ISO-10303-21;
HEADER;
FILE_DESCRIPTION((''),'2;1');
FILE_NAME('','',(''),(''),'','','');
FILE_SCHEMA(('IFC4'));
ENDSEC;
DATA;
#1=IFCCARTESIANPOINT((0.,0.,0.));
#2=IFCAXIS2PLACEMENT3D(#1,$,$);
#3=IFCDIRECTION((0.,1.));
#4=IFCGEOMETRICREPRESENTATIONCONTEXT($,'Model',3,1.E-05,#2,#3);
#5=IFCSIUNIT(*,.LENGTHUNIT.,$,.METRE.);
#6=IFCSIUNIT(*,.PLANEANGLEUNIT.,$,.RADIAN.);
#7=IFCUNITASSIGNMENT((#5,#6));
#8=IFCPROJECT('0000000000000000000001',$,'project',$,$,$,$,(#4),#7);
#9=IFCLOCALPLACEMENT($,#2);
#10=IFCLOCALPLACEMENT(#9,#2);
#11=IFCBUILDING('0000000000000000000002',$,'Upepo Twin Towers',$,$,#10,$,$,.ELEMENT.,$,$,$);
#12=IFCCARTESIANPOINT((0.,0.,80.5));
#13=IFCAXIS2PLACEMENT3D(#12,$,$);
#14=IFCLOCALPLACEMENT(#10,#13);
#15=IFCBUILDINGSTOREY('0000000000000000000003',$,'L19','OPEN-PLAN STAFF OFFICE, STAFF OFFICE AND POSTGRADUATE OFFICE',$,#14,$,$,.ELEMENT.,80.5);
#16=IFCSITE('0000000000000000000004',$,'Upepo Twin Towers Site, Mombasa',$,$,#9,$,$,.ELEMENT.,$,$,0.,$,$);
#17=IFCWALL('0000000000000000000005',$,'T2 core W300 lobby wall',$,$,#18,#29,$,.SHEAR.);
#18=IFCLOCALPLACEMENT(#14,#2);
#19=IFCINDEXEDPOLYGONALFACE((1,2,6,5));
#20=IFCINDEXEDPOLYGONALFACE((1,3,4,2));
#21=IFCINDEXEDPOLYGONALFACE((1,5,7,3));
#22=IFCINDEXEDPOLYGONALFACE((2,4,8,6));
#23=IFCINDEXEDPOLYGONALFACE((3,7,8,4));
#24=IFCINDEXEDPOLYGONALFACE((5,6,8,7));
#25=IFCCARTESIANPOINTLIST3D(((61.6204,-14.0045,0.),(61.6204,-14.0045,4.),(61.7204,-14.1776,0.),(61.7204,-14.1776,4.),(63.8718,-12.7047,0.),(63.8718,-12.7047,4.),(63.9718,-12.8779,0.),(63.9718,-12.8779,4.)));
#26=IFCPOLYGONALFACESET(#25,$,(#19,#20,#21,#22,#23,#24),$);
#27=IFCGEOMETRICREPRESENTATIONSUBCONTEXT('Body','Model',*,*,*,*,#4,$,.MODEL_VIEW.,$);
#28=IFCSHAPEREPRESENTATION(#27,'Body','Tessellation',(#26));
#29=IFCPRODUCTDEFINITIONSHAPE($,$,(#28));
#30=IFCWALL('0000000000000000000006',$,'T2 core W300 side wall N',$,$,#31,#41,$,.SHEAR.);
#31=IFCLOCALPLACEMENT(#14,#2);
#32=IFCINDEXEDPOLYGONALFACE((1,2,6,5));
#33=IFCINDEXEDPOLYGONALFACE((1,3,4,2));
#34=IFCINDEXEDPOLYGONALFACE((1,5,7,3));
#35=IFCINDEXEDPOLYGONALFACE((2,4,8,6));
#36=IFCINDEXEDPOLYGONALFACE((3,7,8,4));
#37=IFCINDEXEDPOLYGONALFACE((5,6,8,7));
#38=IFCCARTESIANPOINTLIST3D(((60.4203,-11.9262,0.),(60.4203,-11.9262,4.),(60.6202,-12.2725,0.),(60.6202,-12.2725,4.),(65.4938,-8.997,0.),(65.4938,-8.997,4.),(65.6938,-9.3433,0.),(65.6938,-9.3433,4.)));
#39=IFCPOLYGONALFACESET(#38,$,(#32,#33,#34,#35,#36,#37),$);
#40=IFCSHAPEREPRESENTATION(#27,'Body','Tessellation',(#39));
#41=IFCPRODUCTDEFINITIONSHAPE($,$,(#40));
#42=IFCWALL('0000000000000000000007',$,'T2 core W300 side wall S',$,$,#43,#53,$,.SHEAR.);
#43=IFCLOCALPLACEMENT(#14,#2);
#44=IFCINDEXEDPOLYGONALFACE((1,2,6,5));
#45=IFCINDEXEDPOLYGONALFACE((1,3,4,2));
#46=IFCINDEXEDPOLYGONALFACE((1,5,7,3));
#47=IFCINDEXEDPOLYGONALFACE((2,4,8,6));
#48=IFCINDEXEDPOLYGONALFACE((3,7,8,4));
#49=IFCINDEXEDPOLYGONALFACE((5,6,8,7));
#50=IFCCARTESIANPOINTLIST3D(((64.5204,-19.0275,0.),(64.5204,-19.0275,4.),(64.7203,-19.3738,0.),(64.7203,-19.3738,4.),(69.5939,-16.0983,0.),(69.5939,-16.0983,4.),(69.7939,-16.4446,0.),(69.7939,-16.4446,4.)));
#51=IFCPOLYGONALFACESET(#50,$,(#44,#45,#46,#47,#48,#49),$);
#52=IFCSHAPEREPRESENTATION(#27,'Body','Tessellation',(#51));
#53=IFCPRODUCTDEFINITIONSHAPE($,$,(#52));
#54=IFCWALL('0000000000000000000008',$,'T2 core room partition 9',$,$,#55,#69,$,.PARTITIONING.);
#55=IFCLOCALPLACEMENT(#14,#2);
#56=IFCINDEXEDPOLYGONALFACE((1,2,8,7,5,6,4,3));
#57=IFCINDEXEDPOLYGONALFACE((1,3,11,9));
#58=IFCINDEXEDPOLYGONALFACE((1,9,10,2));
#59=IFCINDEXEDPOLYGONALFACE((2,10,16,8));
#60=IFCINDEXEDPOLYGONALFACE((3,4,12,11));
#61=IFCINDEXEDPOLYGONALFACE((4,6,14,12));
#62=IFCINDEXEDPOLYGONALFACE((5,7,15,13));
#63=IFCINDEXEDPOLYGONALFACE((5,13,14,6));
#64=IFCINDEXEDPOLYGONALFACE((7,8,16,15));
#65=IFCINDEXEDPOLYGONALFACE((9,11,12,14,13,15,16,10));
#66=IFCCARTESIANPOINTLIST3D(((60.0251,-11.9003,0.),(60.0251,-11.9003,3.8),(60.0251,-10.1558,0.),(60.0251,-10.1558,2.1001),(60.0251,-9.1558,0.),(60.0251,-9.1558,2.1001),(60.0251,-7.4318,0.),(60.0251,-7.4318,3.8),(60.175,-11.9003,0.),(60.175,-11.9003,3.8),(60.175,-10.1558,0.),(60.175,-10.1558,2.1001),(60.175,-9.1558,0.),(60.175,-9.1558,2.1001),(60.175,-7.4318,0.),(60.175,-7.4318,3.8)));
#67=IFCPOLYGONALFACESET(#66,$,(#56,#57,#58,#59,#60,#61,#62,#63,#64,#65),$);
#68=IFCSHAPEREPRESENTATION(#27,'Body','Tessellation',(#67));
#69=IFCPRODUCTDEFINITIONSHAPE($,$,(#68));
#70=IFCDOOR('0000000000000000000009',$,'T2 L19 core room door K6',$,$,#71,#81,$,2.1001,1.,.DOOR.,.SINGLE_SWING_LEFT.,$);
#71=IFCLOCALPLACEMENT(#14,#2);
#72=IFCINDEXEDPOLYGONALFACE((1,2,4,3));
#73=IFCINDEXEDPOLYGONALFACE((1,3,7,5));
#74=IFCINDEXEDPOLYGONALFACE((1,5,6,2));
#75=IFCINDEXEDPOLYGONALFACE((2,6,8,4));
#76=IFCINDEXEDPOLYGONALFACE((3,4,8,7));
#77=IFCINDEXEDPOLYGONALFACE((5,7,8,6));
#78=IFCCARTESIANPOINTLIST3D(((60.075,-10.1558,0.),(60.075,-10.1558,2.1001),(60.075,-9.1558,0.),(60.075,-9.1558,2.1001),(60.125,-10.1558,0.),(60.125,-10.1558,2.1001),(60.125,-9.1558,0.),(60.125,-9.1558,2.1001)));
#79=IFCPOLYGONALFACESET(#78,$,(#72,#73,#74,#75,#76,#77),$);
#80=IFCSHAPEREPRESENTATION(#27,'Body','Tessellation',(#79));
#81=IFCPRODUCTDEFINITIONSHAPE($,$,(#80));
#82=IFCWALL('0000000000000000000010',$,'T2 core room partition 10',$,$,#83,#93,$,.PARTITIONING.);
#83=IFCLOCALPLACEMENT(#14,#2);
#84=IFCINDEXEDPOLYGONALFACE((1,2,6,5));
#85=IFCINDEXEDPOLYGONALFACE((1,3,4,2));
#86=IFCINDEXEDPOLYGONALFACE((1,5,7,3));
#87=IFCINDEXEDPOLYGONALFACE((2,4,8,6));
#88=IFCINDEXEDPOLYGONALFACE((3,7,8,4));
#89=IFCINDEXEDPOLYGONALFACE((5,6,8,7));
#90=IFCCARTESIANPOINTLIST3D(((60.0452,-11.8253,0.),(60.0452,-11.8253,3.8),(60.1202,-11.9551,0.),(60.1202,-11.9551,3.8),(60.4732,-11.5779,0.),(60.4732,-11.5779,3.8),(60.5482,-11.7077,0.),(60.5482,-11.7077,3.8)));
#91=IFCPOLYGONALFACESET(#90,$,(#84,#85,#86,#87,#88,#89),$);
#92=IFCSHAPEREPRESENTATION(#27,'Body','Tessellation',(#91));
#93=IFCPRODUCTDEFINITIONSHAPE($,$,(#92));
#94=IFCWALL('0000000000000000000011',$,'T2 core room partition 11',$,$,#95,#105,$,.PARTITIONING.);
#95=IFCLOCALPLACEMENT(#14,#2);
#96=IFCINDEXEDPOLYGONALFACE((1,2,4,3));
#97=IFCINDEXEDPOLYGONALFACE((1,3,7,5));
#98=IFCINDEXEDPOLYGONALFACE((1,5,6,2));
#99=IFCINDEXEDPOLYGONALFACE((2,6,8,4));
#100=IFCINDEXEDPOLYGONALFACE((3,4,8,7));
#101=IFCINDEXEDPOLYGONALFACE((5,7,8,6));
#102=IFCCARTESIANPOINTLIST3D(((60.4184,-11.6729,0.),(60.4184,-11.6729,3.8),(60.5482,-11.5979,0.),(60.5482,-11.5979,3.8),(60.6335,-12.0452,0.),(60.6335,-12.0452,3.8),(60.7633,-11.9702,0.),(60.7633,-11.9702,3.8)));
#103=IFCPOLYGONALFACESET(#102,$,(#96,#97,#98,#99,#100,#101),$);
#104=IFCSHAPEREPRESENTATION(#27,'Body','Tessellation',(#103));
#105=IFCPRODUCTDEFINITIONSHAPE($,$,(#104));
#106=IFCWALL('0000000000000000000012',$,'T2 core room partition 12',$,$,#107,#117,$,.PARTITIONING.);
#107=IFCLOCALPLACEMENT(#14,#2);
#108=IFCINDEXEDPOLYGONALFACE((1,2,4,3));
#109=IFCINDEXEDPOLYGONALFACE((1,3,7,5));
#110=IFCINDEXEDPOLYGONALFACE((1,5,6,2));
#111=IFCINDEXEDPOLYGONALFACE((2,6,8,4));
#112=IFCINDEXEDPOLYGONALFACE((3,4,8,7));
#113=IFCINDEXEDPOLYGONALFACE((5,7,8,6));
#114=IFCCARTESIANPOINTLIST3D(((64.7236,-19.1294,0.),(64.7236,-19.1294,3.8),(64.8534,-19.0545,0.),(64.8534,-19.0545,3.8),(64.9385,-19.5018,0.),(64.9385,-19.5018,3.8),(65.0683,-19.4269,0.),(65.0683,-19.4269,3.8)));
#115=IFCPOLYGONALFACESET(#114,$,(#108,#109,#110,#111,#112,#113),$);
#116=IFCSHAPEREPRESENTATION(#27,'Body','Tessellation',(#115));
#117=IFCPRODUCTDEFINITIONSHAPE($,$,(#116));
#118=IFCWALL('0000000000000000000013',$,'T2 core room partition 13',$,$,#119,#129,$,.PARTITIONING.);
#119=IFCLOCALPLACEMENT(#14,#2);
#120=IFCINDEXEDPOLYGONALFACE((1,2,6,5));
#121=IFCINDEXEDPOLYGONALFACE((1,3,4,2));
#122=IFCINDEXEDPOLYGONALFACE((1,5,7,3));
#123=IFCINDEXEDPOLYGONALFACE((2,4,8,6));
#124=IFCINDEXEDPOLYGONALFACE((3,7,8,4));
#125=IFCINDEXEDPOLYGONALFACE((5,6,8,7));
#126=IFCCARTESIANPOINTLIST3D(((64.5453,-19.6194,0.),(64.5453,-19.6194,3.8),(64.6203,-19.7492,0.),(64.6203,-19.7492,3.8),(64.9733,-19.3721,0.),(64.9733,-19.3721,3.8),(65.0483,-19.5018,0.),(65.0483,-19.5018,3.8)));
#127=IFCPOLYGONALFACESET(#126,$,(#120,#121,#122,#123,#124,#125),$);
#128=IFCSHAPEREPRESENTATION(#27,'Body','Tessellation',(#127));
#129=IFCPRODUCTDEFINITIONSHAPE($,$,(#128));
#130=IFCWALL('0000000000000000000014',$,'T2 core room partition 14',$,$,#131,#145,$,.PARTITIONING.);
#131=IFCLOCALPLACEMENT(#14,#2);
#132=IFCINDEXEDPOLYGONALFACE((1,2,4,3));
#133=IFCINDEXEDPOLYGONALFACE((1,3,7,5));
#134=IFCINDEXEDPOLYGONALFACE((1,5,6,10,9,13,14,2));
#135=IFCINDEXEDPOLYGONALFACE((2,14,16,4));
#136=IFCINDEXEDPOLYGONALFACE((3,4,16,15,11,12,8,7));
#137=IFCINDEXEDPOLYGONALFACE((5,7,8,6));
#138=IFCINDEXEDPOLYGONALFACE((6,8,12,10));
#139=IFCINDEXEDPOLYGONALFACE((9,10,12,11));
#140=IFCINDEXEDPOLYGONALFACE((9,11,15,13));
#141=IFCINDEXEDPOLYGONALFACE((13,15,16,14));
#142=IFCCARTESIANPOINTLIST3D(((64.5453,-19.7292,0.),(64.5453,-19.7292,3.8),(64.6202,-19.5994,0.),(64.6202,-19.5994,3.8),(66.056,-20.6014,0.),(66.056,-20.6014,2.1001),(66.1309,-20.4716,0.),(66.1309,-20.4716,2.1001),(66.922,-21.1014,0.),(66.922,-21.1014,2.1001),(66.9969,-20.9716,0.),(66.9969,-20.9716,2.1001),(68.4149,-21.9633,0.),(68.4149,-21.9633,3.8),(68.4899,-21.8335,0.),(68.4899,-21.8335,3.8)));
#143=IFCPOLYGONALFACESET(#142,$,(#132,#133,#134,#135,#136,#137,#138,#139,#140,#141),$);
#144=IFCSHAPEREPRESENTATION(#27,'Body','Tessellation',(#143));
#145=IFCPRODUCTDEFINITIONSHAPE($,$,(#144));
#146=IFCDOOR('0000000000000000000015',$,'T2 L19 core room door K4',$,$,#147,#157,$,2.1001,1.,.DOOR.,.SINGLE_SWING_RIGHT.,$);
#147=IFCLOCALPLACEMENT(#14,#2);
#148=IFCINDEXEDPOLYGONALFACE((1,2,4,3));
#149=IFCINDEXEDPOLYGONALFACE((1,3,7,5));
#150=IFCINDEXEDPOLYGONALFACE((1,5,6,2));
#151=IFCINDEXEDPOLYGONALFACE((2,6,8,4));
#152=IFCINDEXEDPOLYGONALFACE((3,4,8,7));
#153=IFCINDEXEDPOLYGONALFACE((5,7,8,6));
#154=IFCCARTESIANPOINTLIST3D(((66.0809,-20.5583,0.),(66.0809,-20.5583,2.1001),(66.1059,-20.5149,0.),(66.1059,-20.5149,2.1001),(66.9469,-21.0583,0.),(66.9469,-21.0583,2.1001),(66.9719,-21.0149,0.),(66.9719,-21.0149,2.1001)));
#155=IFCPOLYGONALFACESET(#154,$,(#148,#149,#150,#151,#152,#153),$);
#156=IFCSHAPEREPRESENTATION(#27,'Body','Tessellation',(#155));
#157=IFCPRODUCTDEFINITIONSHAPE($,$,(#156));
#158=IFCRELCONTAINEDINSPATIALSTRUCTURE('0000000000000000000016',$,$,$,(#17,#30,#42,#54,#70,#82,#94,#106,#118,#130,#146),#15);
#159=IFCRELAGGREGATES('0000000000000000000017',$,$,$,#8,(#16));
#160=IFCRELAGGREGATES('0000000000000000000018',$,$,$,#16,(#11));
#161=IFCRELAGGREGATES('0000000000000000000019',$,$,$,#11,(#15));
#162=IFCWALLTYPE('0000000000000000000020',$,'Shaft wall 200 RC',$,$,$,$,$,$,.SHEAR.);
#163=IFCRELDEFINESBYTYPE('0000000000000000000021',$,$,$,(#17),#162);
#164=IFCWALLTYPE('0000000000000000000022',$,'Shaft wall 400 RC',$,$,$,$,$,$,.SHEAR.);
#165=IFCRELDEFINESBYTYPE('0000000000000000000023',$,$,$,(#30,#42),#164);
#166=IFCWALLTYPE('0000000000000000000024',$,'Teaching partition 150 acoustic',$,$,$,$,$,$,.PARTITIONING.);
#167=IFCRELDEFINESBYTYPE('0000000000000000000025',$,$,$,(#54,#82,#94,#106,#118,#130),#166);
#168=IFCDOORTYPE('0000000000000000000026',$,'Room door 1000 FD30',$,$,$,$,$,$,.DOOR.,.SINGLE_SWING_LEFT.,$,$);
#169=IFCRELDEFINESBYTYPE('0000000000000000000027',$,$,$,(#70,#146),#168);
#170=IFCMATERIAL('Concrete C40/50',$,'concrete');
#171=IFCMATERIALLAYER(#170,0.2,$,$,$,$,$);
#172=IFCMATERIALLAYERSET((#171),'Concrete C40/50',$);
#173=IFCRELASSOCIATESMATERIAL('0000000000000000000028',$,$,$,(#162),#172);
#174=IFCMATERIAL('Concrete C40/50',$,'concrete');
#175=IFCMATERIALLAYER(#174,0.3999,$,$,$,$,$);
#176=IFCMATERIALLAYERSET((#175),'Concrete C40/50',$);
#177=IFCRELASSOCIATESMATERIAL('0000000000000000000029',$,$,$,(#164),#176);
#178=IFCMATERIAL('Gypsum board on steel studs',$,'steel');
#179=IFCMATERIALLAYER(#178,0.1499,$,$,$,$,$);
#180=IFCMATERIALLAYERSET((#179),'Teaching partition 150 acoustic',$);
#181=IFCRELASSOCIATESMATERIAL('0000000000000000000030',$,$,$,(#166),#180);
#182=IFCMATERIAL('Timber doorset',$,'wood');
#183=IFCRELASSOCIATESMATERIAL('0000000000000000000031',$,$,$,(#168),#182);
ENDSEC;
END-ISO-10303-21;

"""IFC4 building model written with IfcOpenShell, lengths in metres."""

from ifc_helpers import new_model, si_unit, direction, frame, frame_2d, origin, place, context, subcontext, project, spatial, rectangle, extrude, material, layer, layer_set, type_object, element, fill, save


model = new_model("IFC4")

# Units and contexts
model_context = context("Model", 3, precision=1e-05, world=origin(), true_north=direction((0.0, 1.0)))
body_context = subcontext(model_context, "Body", "Model", "MODEL_VIEW")
ifc_project = project(units=[si_unit("LENGTHUNIT", "METRE"), si_unit("PLANEANGLEUNIT", "RADIAN")], contexts=[model_context])

# Site, building, storey
site_placement = place(None, origin())
site = spatial("IfcSite", under=ifc_project, at=site_placement, Name="Upepo Twin Towers Site, Mombasa", CompositionType="ELEMENT", RefElevation=0.0)
building_placement = place(site_placement, origin())
building = spatial("IfcBuilding", under=site, at=building_placement, Name="Upepo Twin Towers", CompositionType="ELEMENT")
storey_placement = place(building_placement, frame((0.0, 0.0, 80.5)))
storey = spatial("IfcBuildingStorey", under=building, at=storey_placement, Name="L19", Description="OPEN-PLAN STAFF OFFICE, STAFF OFFICE AND POSTGRADUATE OFFICE", CompositionType="ELEMENT", Elevation=80.5)

# Shared definitions
ifc_material_1 = material(Name="Concrete C40/50", Category="concrete")
ifc_layer_1 = layer(ifc_material_1, 0.2)
ifc_layer_set_1 = layer_set([ifc_layer_1], Name="Concrete C40/50")
wall_type_1 = type_object("IfcWallType", Name="Shaft wall 200 RC", PredefinedType="SHEAR", material=ifc_layer_set_1)

# Walls
wall_1_placement = place(storey_placement, frame((61.6704, -14.0911, 0.0), z_axis=(0.0, 0.0, 1.0), x_axis=(0.866039, 0.499977, 0.0)))
element("IfcWall", 1, at=wall_1_placement, inside=storey, type_object=wall_type_1, Name="T2 core W300 lobby wall", PredefinedType="SHEAR", context=body_context, shape_type="SweptSolid", body=[
    extrude(rectangle(XDim=2.5996, YDim=0.2, at=frame_2d((1.2998, 0.0))), origin(), (0.0, 0.0, 1.0), 4.0),
])
ifc_material_2 = material(Name="Concrete C40/50", Category="concrete")
ifc_layer_2 = layer(ifc_material_2, 0.3999)
ifc_layer_set_2 = layer_set([ifc_layer_2], Name="Concrete C40/50")
wall_type_2 = type_object("IfcWallType", Name="Shaft wall 400 RC", PredefinedType="SHEAR", material=ifc_layer_set_2)
for number, where, z_axis, x_axis, name in (
    (2, (60.5203, -12.0994, 0.0), (0.0, 0.0, 1.0), (0.866024, 0.500003, 0.0), "T2 core W300 side wall N"),
    (3, (64.6204, -19.2007, 0.0), (0.0, 0.0, 1.0), (0.866024, 0.500003, 0.0), "T2 core W300 side wall S"),
):
    element("IfcWall", number, at=place(storey_placement, frame(where, z_axis=z_axis, x_axis=x_axis)), inside=storey, type_object=wall_type_2, Name=name, PredefinedType="SHEAR", context=body_context, shape_type="SweptSolid", body=[
        extrude(rectangle(XDim=5.8584, YDim=0.3999, at=frame_2d((2.9292, 0.0))), origin(), (0.0, 0.0, 1.0), 4.0),
    ])

# Wall, opening, door
ifc_material_3 = material(Name="Gypsum board on steel studs", Category="steel")
ifc_layer_3 = layer(ifc_material_3, 0.1499)
ifc_layer_set_3 = layer_set([ifc_layer_3], Name="Teaching partition 150 acoustic")
wall_type_3 = type_object("IfcWallType", Name="Teaching partition 150 acoustic", PredefinedType="PARTITIONING", material=ifc_layer_set_3)
wall_2_placement = place(storey_placement, frame((60.1001, -7.4316, 0.0), z_axis=(0.0, 0.0, 1.0), x_axis=(0.0, -1.0, 0.0)))
wall_2 = element("IfcWall", 4, at=wall_2_placement, inside=storey, type_object=wall_type_3, Name="T2 core room partition 9", PredefinedType="PARTITIONING", context=body_context, shape_type="SweptSolid", body=[
    extrude(rectangle(XDim=4.4685, YDim=0.1499, at=frame_2d((2.2344, 0.0))), origin(), (0.0, 0.0, 1.0), 3.8),
])
opening_1_placement = place(wall_2_placement, frame((1.7241, 0.0, 0.0)))
opening_1 = element("IfcOpeningElement", 5, at=opening_1_placement, cuts=wall_2, PredefinedType="OPENING", context=body_context, shape_type="SweptSolid", body=[
    extrude(rectangle(XDim=1.0, YDim=2.1001, at=frame_2d((0.5, 1.05))), frame((0.0, 0.085, 0.0), z_axis=(0.0, -1.0, 0.0), x_axis=(1.0, 0.0, 0.0)), (0.0, 0.0, 1.0), 0.1699),
])
ifc_material_4 = material(Name="Timber doorset", Category="wood")
door_type_1 = type_object("IfcDoorType", Name="Room door 1000 FD30", OperationType="SINGLE_SWING_LEFT", PredefinedType="DOOR", material=ifc_material_4)
door_1_placement = place(opening_1_placement, origin())
door_1 = element("IfcDoor", 6, at=door_1_placement, inside=storey, type_object=door_type_1, Name="T2 L19 core room door K6", OperationType="SINGLE_SWING_LEFT", OverallHeight=2.1001, OverallWidth=1.0, PredefinedType="DOOR", context=body_context, shape_type="SweptSolid", body=[
    extrude(rectangle(XDim=1.0, YDim=2.1001, at=frame_2d((0.5, 1.05))), frame((0.0, 0.0249, 0.0), z_axis=(0.0, -1.0, 0.0), x_axis=(1.0, 0.0, 0.0)), (0.0, 0.0, 1.0), 0.05),
])
fill(opening_1, door_1)

# Walls
wall_3_placement = place(storey_placement, frame((60.0828, -11.8901, 0.0), z_axis=(0.0, 0.0, 1.0), x_axis=(0.865832, 0.500335, 0.0)))
element("IfcWall", 7, at=wall_3_placement, inside=storey, type_object=wall_type_3, Name="T2 core room partition 10", PredefinedType="PARTITIONING", context=body_context, shape_type="SweptSolid", body=[
    extrude(rectangle(XDim=0.4944, YDim=0.1499, at=frame_2d((0.2471, 0.0))), origin(), (0.0, 0.0, 1.0), 3.8),
])
for number, where, z_axis, x_axis, name in (
    (8, (60.4834, -11.6355, 0.0), (0.0, 0.0, 1.0), (0.50023, -0.865892, 0.0), "T2 core room partition 11"),
    (9, (64.7886, -19.092, 0.0), (0.0, 0.0, 1.0), (0.499804, -0.866138, 0.0), "T2 core room partition 12"),
):
    element("IfcWall", number, at=place(storey_placement, frame(where, z_axis=z_axis, x_axis=x_axis)), inside=storey, type_object=wall_type_3, Name=name, PredefinedType="PARTITIONING", context=body_context, shape_type="SweptSolid", body=[
        extrude(rectangle(XDim=0.4299, YDim=0.1499, at=frame_2d((0.2148, 0.0))), origin(), (0.0, 0.0, 1.0), 3.8),
    ])
wall_4_placement = place(storey_placement, frame((65.0107, -19.437, 0.0), z_axis=(0.0, 0.0, 1.0), x_axis=(-0.865832, -0.500335, 0.0)))
element("IfcWall", 10, at=wall_4_placement, inside=storey, type_object=wall_type_3, Name="T2 core room partition 13", PredefinedType="PARTITIONING", context=body_context, shape_type="SweptSolid", body=[
    extrude(rectangle(XDim=0.4944, YDim=0.1499, at=frame_2d((0.2471, 0.0))), origin(), (0.0, 0.0, 1.0), 3.8),
])

# Wall, opening, door
wall_5_placement = place(storey_placement, frame((64.5828, -19.6643, 0.0), z_axis=(0.0, 0.0, 1.0), x_axis=(0.866025, -0.5, 0.0)))
wall_5 = element("IfcWall", 11, at=wall_5_placement, inside=storey, type_object=wall_type_3, Name="T2 core room partition 14", PredefinedType="PARTITIONING", context=body_context, shape_type="SweptSolid", body=[
    extrude(rectangle(XDim=4.4683, YDim=0.1499, at=frame_2d((2.2341, 0.0))), origin(), (0.0, 0.0, 1.0), 3.8),
])
opening_2_placement = place(wall_5_placement, frame((1.7444, 0.0, 0.0)))
opening_2 = element("IfcOpeningElement", 12, at=opening_2_placement, cuts=wall_5, PredefinedType="OPENING", context=body_context, shape_type="SweptSolid", body=[
    extrude(rectangle(XDim=1.0, YDim=2.1001, at=frame_2d((0.5, 1.05))), frame((0.0, 0.085, 0.0), z_axis=(0.0, -1.0, 0.0), x_axis=(1.0, 0.0, 0.0)), (0.0, 0.0, 1.0), 0.1699),
])
door_2_placement = place(opening_2_placement, origin())
door_2 = element("IfcDoor", 13, at=door_2_placement, inside=storey, type_object=door_type_1, Name="T2 L19 core room door K4", OperationType="SINGLE_SWING_RIGHT", OverallHeight=2.1001, OverallWidth=1.0, PredefinedType="DOOR", context=body_context, shape_type="SweptSolid", body=[
    extrude(rectangle(XDim=1.0, YDim=2.1001, at=frame_2d((0.5, 1.05))), frame((0.0, 0.0249, 0.0), z_axis=(0.0, -1.0, 0.0), x_axis=(1.0, 0.0, 0.0)), (0.0, 0.0, 1.0), 0.05),
])
fill(opening_2, door_2)

save(model, "model.ifc")
